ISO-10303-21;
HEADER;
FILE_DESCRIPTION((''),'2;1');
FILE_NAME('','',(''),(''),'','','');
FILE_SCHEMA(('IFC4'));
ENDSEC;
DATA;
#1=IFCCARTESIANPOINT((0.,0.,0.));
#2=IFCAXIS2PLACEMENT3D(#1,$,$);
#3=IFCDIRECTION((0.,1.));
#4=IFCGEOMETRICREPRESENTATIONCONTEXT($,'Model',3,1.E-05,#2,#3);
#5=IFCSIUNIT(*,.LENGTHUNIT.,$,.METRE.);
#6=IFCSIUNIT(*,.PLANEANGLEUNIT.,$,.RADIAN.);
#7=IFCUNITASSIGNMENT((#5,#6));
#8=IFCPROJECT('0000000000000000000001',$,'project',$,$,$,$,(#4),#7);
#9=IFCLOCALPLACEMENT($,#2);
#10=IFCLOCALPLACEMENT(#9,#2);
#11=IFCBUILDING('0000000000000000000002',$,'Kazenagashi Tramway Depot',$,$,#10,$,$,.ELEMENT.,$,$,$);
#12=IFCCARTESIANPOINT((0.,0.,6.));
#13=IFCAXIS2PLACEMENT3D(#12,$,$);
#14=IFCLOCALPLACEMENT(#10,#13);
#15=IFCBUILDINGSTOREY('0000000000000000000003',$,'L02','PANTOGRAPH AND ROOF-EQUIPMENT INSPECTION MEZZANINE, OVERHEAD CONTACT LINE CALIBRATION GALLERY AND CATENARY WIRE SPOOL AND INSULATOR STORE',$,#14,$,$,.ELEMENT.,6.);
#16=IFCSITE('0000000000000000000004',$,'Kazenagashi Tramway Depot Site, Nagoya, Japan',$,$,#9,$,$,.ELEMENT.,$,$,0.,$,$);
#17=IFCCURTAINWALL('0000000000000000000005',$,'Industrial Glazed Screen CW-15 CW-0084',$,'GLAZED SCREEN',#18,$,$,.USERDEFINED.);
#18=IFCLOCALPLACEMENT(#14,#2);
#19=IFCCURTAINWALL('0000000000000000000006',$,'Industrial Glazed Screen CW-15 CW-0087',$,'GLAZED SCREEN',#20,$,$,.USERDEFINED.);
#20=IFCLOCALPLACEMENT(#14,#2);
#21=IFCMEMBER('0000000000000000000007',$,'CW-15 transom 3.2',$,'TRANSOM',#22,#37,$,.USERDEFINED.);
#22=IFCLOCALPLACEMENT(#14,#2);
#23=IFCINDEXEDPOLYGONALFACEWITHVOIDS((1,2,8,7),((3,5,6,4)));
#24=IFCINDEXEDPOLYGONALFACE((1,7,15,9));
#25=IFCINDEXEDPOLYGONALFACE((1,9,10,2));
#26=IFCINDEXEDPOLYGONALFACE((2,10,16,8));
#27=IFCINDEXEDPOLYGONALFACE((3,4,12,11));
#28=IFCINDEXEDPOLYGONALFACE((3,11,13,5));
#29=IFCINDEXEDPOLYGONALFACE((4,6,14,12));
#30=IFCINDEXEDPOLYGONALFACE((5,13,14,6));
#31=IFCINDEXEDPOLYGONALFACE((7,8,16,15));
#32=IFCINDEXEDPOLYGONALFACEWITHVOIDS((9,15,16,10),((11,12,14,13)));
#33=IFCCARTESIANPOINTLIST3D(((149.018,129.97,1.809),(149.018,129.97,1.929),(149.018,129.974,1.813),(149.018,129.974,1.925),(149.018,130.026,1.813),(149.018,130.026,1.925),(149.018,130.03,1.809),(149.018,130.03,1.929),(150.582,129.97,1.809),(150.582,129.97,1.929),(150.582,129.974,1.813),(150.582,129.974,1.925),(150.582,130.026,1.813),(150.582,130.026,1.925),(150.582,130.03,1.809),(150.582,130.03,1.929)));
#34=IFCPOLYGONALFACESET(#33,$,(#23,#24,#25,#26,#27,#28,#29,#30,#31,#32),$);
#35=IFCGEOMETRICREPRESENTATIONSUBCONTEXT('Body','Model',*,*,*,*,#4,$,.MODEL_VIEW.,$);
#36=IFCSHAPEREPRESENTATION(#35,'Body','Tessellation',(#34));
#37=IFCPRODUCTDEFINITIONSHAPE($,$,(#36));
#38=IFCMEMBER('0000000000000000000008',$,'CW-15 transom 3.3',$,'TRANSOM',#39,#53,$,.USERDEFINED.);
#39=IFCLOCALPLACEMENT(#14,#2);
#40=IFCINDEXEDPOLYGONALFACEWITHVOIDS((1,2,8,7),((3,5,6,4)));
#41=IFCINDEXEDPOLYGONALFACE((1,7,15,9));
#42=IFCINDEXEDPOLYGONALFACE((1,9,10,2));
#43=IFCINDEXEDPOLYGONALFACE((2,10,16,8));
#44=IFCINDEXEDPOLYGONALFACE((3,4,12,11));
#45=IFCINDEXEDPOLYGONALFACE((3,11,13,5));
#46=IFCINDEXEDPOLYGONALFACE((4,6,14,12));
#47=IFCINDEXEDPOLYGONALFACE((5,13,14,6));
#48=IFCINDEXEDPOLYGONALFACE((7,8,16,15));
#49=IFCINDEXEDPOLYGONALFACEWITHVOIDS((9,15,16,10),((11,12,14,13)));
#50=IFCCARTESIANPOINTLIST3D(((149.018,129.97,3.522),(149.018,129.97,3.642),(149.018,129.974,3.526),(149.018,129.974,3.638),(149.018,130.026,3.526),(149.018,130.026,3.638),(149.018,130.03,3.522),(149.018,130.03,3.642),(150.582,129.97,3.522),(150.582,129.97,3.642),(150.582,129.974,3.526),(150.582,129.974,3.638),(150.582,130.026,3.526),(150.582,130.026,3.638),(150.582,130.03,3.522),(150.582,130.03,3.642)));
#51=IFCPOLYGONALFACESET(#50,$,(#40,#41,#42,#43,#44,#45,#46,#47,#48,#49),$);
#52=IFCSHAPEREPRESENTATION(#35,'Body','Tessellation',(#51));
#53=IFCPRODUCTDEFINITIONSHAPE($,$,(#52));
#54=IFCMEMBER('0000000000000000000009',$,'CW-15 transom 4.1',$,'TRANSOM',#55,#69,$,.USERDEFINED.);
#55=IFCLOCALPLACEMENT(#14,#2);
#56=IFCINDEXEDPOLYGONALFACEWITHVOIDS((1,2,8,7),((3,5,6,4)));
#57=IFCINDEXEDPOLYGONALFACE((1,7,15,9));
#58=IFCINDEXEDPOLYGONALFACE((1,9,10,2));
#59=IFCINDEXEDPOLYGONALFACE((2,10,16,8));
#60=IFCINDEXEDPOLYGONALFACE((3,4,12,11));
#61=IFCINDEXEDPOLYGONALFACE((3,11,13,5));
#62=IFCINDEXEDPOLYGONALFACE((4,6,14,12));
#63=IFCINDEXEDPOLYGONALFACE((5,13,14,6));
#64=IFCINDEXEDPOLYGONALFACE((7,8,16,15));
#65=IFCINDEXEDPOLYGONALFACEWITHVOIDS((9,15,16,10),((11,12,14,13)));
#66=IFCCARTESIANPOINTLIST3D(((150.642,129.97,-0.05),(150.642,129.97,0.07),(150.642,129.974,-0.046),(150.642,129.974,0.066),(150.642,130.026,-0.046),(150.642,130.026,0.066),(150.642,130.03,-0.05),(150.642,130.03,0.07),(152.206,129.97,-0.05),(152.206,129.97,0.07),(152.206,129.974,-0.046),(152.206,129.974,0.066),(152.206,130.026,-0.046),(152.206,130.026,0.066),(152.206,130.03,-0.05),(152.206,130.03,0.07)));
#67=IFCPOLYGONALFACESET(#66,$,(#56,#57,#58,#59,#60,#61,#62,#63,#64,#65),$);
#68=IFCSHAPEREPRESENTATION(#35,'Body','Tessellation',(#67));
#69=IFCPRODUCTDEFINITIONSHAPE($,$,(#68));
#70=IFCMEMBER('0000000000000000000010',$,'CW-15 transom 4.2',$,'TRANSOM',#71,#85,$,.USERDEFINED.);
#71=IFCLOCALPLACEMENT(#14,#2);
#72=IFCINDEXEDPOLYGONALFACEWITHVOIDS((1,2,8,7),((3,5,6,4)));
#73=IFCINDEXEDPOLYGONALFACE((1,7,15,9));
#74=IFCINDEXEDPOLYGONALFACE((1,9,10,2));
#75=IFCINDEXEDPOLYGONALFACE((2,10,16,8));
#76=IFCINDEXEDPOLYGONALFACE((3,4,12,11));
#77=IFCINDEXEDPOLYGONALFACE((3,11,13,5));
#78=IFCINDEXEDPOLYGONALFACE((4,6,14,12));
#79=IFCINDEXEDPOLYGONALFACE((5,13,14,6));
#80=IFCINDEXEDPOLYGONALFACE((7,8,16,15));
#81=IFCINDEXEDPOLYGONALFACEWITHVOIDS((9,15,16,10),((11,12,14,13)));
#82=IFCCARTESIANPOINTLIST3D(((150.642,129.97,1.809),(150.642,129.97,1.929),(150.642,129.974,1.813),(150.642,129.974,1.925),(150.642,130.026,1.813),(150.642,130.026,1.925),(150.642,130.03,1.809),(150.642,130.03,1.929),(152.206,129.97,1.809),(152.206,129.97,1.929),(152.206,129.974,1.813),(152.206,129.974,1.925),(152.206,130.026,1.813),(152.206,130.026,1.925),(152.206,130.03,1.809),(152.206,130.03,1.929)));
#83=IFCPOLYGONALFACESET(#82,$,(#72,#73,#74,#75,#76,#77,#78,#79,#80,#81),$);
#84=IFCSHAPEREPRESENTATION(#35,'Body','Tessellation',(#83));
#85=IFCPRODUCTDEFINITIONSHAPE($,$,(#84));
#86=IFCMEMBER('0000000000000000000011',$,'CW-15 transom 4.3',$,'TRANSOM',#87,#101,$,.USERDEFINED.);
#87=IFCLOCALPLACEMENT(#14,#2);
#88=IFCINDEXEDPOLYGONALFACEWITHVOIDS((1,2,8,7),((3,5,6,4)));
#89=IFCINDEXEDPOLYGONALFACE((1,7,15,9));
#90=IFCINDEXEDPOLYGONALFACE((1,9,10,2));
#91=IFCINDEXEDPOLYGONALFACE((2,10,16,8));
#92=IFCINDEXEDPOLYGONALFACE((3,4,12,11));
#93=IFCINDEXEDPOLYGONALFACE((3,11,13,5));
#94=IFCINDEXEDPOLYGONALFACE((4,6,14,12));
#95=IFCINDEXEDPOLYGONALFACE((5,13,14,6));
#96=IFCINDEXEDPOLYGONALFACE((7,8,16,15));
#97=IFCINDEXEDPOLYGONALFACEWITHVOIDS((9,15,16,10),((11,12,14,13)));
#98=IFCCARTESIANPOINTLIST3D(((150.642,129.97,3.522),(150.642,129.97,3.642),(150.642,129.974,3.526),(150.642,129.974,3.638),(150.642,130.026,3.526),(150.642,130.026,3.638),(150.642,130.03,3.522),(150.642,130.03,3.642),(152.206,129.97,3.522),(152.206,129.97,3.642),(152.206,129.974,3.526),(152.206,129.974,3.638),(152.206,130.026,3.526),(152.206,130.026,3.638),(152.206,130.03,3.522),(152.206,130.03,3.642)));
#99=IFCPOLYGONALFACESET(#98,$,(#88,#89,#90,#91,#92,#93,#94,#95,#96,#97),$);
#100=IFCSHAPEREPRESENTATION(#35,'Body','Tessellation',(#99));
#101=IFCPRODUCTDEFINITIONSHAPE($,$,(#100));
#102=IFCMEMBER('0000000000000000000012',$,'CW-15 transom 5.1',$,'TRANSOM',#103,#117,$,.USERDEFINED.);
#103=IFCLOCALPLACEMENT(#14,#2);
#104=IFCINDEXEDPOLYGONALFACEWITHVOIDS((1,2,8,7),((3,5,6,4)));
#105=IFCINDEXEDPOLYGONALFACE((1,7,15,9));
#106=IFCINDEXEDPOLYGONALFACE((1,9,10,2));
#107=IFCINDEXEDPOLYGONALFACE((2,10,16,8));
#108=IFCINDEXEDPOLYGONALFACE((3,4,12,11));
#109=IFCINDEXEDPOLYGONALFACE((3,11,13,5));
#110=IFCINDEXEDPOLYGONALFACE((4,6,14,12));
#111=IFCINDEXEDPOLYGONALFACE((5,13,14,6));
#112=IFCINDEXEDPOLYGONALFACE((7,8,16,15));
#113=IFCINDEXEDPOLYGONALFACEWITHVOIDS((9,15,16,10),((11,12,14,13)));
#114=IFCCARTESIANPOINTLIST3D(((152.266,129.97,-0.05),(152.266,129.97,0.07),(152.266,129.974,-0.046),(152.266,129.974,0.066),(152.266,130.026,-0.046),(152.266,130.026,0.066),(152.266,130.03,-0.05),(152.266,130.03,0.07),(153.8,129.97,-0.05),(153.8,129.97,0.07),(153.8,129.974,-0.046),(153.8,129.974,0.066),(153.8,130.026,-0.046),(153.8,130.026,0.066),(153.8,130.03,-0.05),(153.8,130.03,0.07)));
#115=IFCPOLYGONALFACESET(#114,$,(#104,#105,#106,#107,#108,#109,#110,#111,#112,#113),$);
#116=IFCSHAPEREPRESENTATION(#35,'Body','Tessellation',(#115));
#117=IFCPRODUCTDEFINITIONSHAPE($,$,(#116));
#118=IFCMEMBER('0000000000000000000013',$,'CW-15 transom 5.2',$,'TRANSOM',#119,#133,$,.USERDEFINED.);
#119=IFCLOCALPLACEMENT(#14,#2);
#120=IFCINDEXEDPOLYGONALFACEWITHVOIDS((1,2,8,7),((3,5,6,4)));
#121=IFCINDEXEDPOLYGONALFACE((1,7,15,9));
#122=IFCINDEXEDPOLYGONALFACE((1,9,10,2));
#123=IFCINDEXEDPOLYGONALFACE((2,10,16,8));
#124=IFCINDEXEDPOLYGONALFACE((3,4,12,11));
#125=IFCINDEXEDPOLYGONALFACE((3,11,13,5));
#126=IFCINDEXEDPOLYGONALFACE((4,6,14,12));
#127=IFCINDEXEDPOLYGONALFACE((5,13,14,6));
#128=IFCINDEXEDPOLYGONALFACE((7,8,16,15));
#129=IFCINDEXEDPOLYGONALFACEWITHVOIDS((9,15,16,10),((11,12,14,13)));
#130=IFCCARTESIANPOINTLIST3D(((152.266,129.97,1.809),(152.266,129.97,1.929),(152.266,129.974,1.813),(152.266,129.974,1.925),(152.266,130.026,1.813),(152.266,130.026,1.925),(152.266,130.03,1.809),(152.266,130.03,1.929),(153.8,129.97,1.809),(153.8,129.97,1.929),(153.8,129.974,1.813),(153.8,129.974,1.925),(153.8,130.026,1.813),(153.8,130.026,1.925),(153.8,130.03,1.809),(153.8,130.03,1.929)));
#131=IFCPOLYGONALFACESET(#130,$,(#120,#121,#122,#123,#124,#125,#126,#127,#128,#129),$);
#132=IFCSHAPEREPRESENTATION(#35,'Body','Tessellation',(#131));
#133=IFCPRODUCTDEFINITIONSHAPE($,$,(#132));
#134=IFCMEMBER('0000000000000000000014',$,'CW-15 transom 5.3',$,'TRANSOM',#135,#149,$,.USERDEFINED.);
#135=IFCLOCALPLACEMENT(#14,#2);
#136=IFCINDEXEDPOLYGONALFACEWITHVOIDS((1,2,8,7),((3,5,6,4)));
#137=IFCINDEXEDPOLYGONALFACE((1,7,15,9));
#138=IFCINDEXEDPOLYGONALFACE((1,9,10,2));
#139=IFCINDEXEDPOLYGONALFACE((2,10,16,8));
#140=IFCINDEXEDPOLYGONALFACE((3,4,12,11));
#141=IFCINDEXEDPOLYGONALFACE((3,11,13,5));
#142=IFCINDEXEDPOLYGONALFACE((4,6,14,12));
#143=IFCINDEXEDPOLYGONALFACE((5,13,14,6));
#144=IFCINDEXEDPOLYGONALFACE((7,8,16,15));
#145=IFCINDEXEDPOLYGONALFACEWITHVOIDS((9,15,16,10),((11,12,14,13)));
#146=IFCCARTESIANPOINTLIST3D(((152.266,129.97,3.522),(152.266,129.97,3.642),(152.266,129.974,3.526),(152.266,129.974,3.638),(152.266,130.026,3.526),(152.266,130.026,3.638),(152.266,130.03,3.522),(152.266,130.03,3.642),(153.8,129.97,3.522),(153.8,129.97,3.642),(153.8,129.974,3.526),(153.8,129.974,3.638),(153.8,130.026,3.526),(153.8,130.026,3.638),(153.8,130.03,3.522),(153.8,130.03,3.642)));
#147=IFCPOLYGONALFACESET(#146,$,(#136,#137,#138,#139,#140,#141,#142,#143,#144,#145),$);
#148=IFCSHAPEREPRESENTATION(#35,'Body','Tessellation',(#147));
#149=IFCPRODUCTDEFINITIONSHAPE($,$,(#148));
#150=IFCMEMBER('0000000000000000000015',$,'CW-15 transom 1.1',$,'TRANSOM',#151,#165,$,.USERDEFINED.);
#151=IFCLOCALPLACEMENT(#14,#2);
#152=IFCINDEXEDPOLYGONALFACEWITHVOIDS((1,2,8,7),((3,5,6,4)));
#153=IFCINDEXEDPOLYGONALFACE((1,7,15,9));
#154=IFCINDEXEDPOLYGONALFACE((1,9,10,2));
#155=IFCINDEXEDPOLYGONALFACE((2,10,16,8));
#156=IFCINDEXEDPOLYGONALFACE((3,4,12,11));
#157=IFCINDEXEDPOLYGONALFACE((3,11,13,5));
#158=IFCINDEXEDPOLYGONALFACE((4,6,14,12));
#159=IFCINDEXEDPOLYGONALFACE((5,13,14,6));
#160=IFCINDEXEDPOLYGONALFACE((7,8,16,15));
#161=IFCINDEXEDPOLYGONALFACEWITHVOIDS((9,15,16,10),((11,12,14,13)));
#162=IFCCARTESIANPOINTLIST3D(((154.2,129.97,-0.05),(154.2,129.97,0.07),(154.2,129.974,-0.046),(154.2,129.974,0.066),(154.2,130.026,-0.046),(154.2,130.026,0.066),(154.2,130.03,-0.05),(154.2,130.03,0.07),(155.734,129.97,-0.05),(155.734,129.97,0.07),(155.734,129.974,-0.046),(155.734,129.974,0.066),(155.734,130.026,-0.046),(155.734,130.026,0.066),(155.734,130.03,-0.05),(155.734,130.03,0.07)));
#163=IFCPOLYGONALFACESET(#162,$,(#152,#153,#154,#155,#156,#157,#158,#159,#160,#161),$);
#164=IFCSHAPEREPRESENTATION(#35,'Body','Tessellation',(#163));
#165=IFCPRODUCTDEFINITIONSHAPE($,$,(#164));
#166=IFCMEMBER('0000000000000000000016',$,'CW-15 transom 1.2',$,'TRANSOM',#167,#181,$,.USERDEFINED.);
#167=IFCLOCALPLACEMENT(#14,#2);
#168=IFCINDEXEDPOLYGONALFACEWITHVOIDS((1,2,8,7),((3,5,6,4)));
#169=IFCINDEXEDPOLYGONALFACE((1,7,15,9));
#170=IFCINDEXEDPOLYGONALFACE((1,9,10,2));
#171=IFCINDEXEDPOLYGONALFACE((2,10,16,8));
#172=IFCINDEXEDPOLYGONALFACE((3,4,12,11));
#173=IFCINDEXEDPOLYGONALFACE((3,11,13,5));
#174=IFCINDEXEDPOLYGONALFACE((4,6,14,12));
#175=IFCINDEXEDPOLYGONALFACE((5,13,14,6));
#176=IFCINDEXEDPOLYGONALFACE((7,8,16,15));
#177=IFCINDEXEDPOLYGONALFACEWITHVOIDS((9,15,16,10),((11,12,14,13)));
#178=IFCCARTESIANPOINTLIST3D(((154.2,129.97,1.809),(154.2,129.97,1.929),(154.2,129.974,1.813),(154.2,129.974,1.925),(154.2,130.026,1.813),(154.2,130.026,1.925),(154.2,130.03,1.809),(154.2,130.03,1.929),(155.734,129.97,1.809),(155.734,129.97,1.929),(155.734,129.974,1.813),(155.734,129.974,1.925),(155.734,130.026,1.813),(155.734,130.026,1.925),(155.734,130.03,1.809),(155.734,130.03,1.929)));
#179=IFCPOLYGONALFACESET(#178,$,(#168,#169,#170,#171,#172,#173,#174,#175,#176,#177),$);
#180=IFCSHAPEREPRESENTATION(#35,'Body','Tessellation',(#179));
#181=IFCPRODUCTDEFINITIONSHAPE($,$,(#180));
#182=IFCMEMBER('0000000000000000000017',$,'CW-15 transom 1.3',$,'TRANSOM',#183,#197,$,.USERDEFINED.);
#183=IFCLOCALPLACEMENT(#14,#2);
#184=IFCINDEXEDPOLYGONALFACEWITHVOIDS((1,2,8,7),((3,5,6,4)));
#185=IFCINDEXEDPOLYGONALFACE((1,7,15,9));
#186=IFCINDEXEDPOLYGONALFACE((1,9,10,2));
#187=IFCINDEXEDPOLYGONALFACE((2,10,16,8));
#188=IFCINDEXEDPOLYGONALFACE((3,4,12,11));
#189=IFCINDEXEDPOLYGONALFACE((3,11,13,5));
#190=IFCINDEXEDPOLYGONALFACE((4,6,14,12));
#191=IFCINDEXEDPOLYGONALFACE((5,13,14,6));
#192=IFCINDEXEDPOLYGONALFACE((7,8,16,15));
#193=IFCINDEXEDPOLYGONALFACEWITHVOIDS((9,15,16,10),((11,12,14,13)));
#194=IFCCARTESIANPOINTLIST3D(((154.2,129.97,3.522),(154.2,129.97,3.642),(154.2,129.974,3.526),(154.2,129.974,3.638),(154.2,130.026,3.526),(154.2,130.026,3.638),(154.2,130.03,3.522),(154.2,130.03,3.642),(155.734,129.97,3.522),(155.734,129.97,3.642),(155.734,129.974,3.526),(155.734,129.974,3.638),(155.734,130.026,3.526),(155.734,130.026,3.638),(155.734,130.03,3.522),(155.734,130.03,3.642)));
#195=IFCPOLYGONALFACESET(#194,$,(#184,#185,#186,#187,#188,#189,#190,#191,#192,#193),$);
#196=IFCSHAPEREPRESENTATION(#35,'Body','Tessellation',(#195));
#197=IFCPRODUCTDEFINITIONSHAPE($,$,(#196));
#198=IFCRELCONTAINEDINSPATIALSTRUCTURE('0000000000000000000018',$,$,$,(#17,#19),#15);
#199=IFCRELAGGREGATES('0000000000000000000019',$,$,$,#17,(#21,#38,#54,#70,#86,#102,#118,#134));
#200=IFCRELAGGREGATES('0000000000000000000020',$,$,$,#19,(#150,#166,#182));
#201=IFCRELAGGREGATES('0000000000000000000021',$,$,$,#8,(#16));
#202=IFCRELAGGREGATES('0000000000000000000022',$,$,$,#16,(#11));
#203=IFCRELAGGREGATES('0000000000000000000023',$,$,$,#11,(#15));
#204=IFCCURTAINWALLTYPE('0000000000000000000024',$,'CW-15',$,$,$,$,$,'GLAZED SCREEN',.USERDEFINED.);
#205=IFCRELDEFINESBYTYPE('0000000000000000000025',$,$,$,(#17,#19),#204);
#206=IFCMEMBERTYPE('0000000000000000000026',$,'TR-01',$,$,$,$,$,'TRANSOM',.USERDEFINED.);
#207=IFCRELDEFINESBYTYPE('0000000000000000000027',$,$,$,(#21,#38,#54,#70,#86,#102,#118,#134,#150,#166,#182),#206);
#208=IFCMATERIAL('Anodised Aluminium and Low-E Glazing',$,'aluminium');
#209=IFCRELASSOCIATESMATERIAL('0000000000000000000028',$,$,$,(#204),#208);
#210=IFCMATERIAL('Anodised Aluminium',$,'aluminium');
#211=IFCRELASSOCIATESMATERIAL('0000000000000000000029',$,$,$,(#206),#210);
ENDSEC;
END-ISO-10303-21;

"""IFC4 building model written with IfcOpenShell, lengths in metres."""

from ifc_helpers import new_model, si_unit, direction, frame, origin, origin_2d, place, context, subcontext, project, spatial, hollow_rectangle, extrude, material, material_profile, profile_set, type_object, element, aggregate, save


model = new_model("IFC4")

# Units and contexts
model_context = context("Model", 3, precision=1e-05, world=origin(), true_north=direction((0.0, 1.0)))
body_context = subcontext(model_context, "Body", "Model", "MODEL_VIEW")
ifc_project = project(units=[si_unit("LENGTHUNIT", "METRE"), si_unit("PLANEANGLEUNIT", "RADIAN")], contexts=[model_context])

# Site, building, storey
site_placement = place(None, origin())
site = spatial("IfcSite", under=ifc_project, at=site_placement, Name="Kazenagashi Tramway Depot Site, Nagoya, Japan", CompositionType="ELEMENT", RefElevation=0.0)
building_placement = place(site_placement, origin())
building = spatial("IfcBuilding", under=site, at=building_placement, Name="Kazenagashi Tramway Depot", CompositionType="ELEMENT")
storey_placement = place(building_placement, frame((0.0, 0.0, 6.0)))
storey = spatial("IfcBuildingStorey", under=building, at=storey_placement, Name="L02", Description="PANTOGRAPH AND ROOF-EQUIPMENT INSPECTION MEZZANINE, OVERHEAD CONTACT LINE CALIBRATION GALLERY AND CATENARY WIRE SPOOL AND INSULATOR STORE", CompositionType="ELEMENT", Elevation=6.0)

# Curtain walls
ifc_material_1 = material(Name="Anodised Aluminium and Low-E Glazing", Category="aluminium")
curtain_wall_type = type_object("IfcCurtainWallType", Name="CW-15", ElementType="GLAZED SCREEN", PredefinedType="USERDEFINED", material=ifc_material_1)
curtain_wall_1_placement = place(storey_placement, origin())
curtain_wall_1 = element("IfcCurtainWall", 1, at=curtain_wall_1_placement, inside=storey, type_object=curtain_wall_type, Name="Industrial Glazed Screen CW-15 CW-0084", ObjectType="GLAZED SCREEN", PredefinedType="USERDEFINED")
ifc_material_2 = material(Name="Anodised Aluminium", Category="aluminium")
curtain_wall_2_placement = place(storey_placement, origin())
curtain_wall_2 = element("IfcCurtainWall", 2, at=curtain_wall_2_placement, inside=storey, type_object=curtain_wall_type, Name="Industrial Glazed Screen CW-15 CW-0087", ObjectType="GLAZED SCREEN", PredefinedType="USERDEFINED")

# Members
ifc_material_profile_1 = material_profile(ifc_material_2, hollow_rectangle(XDim=0.06, YDim=0.12, WallThickness=0.004, at=origin_2d()), Name="RHS-120x60x4")
ifc_profile_set_1 = profile_set([ifc_material_profile_1], Name="Anodised Aluminium")
member_type_1 = type_object("IfcMemberType", Name="TR-01", ElementType="TRANSOM", PredefinedType="USERDEFINED", material=ifc_profile_set_1)
member_1_placement = place(storey_placement, frame((149.018, 130.0, 1.869), z_axis=(1.0, 0.0, 0.0), x_axis=(0.0, 1.0, 0.0)))
member_1 = element("IfcMember", 3, at=member_1_placement, type_object=member_type_1, Name="CW-15 transom 3.2", ObjectType="TRANSOM", PredefinedType="USERDEFINED", context=body_context, shape_type="SweptSolid", body=[
    extrude(hollow_rectangle(XDim=0.06, YDim=0.12, WallThickness=0.004, at=origin_2d()), origin(), (0.0, 0.0, 1.0), 1.564),
])
member_2_placement = place(storey_placement, frame((149.018, 130.0, 3.582), z_axis=(1.0, 0.0, 0.0), x_axis=(0.0, 1.0, 0.0)))
member_2 = element("IfcMember", 4, at=member_2_placement, type_object=member_type_1, Name="CW-15 transom 3.3", ObjectType="TRANSOM", PredefinedType="USERDEFINED", context=body_context, shape_type="SweptSolid", body=[
    extrude(hollow_rectangle(XDim=0.06, YDim=0.12, WallThickness=0.004, at=origin_2d()), origin(), (0.0, 0.0, 1.0), 1.564),
])
member_3_placement = place(storey_placement, frame((150.642, 130.0, 0.01), z_axis=(1.0, 0.0, 0.0), x_axis=(0.0, 1.0, 0.0)))
member_3 = element("IfcMember", 5, at=member_3_placement, type_object=member_type_1, Name="CW-15 transom 4.1", ObjectType="TRANSOM", PredefinedType="USERDEFINED", context=body_context, shape_type="SweptSolid", body=[
    extrude(hollow_rectangle(XDim=0.06, YDim=0.12, WallThickness=0.004, at=origin_2d()), origin(), (0.0, 0.0, 1.0), 1.564),
])
member_4_placement = place(storey_placement, frame((150.642, 130.0, 1.869), z_axis=(1.0, 0.0, 0.0), x_axis=(0.0, 1.0, 0.0)))
member_4 = element("IfcMember", 6, at=member_4_placement, type_object=member_type_1, Name="CW-15 transom 4.2", ObjectType="TRANSOM", PredefinedType="USERDEFINED", context=body_context, shape_type="SweptSolid", body=[
    extrude(hollow_rectangle(XDim=0.06, YDim=0.12, WallThickness=0.004, at=origin_2d()), origin(), (0.0, 0.0, 1.0), 1.564),
])
member_5_placement = place(storey_placement, frame((150.642, 130.0, 3.582), z_axis=(1.0, 0.0, 0.0), x_axis=(0.0, 1.0, 0.0)))
member_5 = element("IfcMember", 7, at=member_5_placement, type_object=member_type_1, Name="CW-15 transom 4.3", ObjectType="TRANSOM", PredefinedType="USERDEFINED", context=body_context, shape_type="SweptSolid", body=[
    extrude(hollow_rectangle(XDim=0.06, YDim=0.12, WallThickness=0.004, at=origin_2d()), origin(), (0.0, 0.0, 1.0), 1.564),
])
member_6_placement = place(storey_placement, frame((152.266, 130.0, 0.01), z_axis=(1.0, 0.0, 0.0), x_axis=(0.0, 1.0, 0.0)))
member_6 = element("IfcMember", 8, at=member_6_placement, type_object=member_type_1, Name="CW-15 transom 5.1", ObjectType="TRANSOM", PredefinedType="USERDEFINED", context=body_context, shape_type="SweptSolid", body=[
    extrude(hollow_rectangle(XDim=0.06, YDim=0.12, WallThickness=0.004, at=origin_2d()), origin(), (0.0, 0.0, 1.0), 1.534),
])
member_7_placement = place(storey_placement, frame((152.266, 130.0, 1.869), z_axis=(1.0, 0.0, 0.0), x_axis=(0.0, 1.0, 0.0)))
member_7 = element("IfcMember", 9, at=member_7_placement, type_object=member_type_1, Name="CW-15 transom 5.2", ObjectType="TRANSOM", PredefinedType="USERDEFINED", context=body_context, shape_type="SweptSolid", body=[
    extrude(hollow_rectangle(XDim=0.06, YDim=0.12, WallThickness=0.004, at=origin_2d()), origin(), (0.0, 0.0, 1.0), 1.534),
])
member_8_placement = place(storey_placement, frame((152.266, 130.0, 3.582), z_axis=(1.0, 0.0, 0.0), x_axis=(0.0, 1.0, 0.0)))
member_8 = element("IfcMember", 10, at=member_8_placement, type_object=member_type_1, Name="CW-15 transom 5.3", ObjectType="TRANSOM", PredefinedType="USERDEFINED", context=body_context, shape_type="SweptSolid", body=[
    extrude(hollow_rectangle(XDim=0.06, YDim=0.12, WallThickness=0.004, at=origin_2d()), origin(), (0.0, 0.0, 1.0), 1.534),
])
member_9_placement = place(storey_placement, frame((154.2, 130.0, 0.01), z_axis=(1.0, 0.0, 0.0), x_axis=(0.0, 1.0, 0.0)))
member_9 = element("IfcMember", 11, at=member_9_placement, type_object=member_type_1, Name="CW-15 transom 1.1", ObjectType="TRANSOM", PredefinedType="USERDEFINED", context=body_context, shape_type="SweptSolid", body=[
    extrude(hollow_rectangle(XDim=0.06, YDim=0.12, WallThickness=0.004, at=origin_2d()), origin(), (0.0, 0.0, 1.0), 1.534),
])
member_10_placement = place(storey_placement, frame((154.2, 130.0, 1.869), z_axis=(1.0, 0.0, 0.0), x_axis=(0.0, 1.0, 0.0)))
member_10 = element("IfcMember", 12, at=member_10_placement, type_object=member_type_1, Name="CW-15 transom 1.2", ObjectType="TRANSOM", PredefinedType="USERDEFINED", context=body_context, shape_type="SweptSolid", body=[
    extrude(hollow_rectangle(XDim=0.06, YDim=0.12, WallThickness=0.004, at=origin_2d()), origin(), (0.0, 0.0, 1.0), 1.534),
])
member_11_placement = place(storey_placement, frame((154.2, 130.0, 3.582), z_axis=(1.0, 0.0, 0.0), x_axis=(0.0, 1.0, 0.0)))
member_11 = element("IfcMember", 13, at=member_11_placement, type_object=member_type_1, Name="CW-15 transom 1.3", ObjectType="TRANSOM", PredefinedType="USERDEFINED", context=body_context, shape_type="SweptSolid", body=[
    extrude(hollow_rectangle(XDim=0.06, YDim=0.12, WallThickness=0.004, at=origin_2d()), origin(), (0.0, 0.0, 1.0), 1.534),
])

aggregate(curtain_wall_1, [member_1, member_2, member_3, member_4, member_5, member_6, member_7, member_8])
aggregate(curtain_wall_2, [member_9, member_10, member_11])

save(model, "model.ifc")
